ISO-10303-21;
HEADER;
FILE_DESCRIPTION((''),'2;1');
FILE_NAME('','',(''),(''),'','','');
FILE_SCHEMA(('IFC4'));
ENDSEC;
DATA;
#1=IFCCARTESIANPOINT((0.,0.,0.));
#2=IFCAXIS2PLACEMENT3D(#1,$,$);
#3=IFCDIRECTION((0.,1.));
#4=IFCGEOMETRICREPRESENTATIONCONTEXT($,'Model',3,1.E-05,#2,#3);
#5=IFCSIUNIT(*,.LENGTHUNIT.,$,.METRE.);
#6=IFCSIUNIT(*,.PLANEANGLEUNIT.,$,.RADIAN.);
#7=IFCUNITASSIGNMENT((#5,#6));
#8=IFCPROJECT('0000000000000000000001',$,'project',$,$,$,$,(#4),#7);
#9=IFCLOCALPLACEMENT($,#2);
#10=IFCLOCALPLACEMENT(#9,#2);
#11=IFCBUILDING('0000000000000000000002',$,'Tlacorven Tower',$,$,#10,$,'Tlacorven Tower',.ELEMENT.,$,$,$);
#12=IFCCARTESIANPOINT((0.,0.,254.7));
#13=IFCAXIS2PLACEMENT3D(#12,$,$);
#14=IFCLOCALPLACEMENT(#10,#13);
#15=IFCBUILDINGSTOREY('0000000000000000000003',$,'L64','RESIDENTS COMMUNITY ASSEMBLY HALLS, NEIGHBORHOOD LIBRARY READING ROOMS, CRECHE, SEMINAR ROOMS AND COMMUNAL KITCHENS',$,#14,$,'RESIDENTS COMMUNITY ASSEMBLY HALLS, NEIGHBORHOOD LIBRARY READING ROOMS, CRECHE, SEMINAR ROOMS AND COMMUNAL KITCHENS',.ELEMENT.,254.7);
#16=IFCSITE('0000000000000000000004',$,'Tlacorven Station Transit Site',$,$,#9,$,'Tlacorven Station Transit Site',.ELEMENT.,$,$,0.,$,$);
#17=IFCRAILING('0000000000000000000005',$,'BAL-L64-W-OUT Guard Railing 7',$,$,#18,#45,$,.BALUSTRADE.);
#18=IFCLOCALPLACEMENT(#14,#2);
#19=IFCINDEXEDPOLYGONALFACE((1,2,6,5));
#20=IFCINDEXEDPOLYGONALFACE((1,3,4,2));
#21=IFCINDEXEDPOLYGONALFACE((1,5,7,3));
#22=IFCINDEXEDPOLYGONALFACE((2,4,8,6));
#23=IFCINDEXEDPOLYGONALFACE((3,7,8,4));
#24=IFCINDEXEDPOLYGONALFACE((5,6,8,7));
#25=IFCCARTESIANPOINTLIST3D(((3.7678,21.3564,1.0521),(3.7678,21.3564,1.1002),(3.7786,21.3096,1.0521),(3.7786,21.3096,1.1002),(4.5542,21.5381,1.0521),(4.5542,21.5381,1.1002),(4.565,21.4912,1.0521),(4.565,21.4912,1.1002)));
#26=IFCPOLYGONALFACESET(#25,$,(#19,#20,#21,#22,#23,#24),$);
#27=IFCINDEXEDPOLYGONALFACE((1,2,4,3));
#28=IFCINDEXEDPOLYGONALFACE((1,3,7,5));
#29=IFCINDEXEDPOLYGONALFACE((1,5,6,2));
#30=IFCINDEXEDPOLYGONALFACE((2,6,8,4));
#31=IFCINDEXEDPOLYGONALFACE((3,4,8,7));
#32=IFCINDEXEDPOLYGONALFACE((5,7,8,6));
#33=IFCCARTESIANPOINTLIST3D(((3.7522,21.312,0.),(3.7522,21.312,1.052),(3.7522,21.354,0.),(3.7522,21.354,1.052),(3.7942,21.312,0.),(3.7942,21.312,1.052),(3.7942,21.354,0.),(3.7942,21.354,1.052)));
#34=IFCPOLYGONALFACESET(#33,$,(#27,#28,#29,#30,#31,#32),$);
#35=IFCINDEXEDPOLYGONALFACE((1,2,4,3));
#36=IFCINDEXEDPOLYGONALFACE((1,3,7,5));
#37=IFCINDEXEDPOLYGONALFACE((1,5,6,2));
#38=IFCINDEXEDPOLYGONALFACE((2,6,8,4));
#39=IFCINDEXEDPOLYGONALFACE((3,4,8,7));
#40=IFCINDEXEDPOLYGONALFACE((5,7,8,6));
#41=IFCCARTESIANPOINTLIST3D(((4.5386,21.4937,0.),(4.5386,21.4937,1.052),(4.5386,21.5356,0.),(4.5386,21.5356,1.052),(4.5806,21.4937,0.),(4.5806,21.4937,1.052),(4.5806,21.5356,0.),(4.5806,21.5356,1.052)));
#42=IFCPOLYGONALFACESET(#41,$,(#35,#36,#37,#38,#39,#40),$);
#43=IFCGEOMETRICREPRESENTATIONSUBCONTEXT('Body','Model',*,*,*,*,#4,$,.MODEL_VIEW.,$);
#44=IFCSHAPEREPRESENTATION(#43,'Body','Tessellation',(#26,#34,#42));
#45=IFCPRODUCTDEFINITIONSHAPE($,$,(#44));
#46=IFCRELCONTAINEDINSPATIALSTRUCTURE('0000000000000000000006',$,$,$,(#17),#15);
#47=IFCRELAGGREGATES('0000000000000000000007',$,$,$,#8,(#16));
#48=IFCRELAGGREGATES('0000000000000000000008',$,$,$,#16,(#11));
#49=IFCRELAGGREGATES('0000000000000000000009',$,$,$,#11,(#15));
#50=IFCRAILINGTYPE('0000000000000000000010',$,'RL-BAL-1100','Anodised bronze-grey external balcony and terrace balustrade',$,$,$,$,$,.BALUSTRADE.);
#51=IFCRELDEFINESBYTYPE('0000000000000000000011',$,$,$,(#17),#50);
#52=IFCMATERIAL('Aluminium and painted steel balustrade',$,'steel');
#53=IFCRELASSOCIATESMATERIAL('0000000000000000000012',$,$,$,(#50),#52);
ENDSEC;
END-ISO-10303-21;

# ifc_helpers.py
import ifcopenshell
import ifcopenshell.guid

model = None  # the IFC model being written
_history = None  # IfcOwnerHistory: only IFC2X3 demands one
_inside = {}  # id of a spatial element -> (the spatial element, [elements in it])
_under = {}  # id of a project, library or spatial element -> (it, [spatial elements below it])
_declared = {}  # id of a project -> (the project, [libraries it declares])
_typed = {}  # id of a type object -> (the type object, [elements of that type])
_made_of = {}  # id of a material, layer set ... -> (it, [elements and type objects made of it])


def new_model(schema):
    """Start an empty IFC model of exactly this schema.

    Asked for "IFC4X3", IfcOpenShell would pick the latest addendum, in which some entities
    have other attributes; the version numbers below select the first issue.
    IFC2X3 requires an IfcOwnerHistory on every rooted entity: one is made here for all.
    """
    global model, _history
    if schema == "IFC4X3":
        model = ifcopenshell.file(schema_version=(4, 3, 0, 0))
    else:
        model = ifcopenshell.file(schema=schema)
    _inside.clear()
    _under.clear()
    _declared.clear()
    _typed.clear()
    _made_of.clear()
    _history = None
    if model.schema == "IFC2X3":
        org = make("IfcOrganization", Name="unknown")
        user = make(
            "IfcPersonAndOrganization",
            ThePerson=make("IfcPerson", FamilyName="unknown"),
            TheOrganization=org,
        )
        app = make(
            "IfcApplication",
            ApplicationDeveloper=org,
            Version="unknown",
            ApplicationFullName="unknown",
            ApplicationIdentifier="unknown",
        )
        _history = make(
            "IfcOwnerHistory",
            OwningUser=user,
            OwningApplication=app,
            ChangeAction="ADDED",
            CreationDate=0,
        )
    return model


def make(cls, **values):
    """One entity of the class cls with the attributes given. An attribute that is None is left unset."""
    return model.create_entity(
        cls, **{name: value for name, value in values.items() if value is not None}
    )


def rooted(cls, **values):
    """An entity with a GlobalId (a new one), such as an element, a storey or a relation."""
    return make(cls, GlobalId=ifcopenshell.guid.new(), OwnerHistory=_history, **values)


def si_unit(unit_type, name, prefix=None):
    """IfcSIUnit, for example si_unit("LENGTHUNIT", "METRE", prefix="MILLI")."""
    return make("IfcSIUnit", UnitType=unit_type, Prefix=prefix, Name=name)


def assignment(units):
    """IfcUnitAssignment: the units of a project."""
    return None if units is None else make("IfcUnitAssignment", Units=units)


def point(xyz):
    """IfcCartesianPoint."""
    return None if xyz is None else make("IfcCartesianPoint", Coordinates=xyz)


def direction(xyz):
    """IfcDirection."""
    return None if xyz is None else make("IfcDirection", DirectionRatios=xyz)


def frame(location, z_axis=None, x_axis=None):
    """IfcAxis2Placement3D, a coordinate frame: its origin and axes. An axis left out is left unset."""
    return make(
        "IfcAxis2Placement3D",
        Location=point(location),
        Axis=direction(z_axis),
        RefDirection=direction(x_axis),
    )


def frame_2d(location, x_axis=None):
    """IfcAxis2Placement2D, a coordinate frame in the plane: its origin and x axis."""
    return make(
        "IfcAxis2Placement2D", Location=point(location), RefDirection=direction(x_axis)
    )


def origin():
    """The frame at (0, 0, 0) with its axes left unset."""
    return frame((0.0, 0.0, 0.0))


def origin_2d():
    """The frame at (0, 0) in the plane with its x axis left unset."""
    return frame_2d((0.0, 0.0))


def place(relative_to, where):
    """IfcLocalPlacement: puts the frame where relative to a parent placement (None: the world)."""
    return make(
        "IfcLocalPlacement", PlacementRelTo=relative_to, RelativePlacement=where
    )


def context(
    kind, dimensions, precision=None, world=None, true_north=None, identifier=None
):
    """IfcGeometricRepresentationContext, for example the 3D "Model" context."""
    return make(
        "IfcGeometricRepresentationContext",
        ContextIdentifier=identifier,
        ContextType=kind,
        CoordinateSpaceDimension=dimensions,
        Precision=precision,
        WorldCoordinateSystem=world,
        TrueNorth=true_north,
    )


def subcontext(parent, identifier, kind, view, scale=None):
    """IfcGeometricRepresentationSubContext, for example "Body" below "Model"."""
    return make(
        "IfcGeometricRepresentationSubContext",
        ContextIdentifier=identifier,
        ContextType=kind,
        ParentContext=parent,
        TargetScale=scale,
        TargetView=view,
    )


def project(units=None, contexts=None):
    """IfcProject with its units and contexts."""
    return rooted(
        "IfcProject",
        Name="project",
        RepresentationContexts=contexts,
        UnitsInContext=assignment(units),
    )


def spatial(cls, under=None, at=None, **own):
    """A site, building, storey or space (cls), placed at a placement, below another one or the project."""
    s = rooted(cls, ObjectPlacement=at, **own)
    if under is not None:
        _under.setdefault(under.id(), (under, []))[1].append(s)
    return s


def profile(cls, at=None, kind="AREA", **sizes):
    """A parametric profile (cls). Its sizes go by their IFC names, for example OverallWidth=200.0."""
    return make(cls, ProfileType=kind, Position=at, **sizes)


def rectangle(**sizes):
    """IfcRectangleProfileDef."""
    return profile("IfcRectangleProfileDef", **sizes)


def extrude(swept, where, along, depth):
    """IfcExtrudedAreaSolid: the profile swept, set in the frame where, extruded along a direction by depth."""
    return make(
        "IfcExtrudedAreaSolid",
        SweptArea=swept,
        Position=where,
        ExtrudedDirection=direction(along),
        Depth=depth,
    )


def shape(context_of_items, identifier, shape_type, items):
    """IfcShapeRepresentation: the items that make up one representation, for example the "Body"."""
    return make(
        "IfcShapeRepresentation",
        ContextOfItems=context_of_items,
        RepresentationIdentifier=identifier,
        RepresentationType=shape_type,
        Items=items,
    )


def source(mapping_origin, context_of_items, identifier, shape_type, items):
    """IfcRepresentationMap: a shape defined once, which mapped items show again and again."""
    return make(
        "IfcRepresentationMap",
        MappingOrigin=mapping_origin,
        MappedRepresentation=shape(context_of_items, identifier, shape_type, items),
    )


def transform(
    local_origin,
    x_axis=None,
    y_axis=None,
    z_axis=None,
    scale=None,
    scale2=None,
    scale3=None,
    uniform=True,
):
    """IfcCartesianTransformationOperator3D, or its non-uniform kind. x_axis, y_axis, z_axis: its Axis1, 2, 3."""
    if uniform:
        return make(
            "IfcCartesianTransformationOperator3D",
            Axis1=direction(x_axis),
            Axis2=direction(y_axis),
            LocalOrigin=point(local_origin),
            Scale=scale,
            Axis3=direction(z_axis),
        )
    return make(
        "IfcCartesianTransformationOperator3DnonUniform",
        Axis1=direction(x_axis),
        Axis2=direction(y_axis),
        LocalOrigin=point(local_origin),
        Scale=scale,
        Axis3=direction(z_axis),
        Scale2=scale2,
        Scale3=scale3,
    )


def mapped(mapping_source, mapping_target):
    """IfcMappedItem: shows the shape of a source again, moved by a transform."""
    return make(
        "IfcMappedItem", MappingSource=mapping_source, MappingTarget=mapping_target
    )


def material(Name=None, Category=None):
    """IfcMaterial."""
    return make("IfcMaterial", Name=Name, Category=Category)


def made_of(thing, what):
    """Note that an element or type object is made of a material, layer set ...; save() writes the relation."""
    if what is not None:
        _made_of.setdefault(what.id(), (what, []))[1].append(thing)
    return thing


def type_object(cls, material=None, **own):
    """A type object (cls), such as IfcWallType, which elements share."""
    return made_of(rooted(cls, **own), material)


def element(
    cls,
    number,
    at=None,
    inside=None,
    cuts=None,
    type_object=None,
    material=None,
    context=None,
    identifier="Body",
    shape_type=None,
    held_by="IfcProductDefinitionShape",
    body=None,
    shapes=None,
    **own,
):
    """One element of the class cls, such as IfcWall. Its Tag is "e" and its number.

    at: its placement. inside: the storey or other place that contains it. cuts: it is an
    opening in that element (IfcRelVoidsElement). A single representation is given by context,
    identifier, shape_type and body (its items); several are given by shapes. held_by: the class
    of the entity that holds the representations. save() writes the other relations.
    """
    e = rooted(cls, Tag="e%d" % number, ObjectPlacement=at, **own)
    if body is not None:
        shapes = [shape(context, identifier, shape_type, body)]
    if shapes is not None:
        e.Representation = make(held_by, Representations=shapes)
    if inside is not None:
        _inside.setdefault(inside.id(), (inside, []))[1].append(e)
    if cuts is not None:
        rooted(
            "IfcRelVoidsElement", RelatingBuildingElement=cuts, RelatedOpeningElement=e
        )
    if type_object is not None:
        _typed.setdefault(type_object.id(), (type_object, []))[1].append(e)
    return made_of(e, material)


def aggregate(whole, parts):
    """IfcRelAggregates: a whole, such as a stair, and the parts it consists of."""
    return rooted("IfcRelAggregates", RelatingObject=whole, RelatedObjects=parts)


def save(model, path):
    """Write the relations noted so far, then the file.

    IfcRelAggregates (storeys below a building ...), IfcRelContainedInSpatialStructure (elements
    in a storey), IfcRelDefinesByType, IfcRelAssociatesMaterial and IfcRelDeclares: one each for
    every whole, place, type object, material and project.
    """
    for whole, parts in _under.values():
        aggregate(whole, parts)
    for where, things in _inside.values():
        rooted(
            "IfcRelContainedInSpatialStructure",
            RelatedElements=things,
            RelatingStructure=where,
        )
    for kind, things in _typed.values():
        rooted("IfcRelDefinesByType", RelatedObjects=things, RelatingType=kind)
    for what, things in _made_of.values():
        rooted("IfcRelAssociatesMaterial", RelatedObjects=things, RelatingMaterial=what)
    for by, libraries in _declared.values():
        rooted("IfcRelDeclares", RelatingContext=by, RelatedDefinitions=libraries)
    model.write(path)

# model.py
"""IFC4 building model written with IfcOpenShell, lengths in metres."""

from ifc_helpers import new_model, si_unit, direction, frame, origin, origin_2d, place, context, subcontext, project, spatial, rectangle, extrude, source, transform, mapped, material, type_object, element, save


model = new_model("IFC4")

# Units and contexts
model_context = context("Model", 3, precision=1e-05, world=origin(), true_north=direction((0.0, 1.0)))
body_context = subcontext(model_context, "Body", "Model", "MODEL_VIEW")
ifc_project = project(units=[si_unit("LENGTHUNIT", "METRE"), si_unit("PLANEANGLEUNIT", "RADIAN")], contexts=[model_context])

# Site, building, storey
site_placement = place(None, origin())
site = spatial("IfcSite", under=ifc_project, at=site_placement, Name="Tlacorven Station Transit Site", LongName="Tlacorven Station Transit Site", CompositionType="ELEMENT", RefElevation=0.0)
building_placement = place(site_placement, origin())
building = spatial("IfcBuilding", under=site, at=building_placement, Name="Tlacorven Tower", LongName="Tlacorven Tower", CompositionType="ELEMENT")
storey_placement = place(building_placement, frame((0.0, 0.0, 254.7)))
storey = spatial("IfcBuildingStorey", under=building, at=storey_placement, Name="L64", Description="RESIDENTS COMMUNITY ASSEMBLY HALLS, NEIGHBORHOOD LIBRARY READING ROOMS, CRECHE, SEMINAR ROOMS AND COMMUNAL KITCHENS", LongName="RESIDENTS COMMUNITY ASSEMBLY HALLS, NEIGHBORHOOD LIBRARY READING ROOMS, CRECHE, SEMINAR ROOMS AND COMMUNAL KITCHENS", CompositionType="ELEMENT", Elevation=254.7)

# Railing
ifc_material_1 = material(Name="Aluminium and painted steel balustrade", Category="steel")
railing_type = type_object("IfcRailingType", Name="RL-BAL-1100", Description="Anodised bronze-grey external balcony and terrace balustrade", PredefinedType="BALUSTRADE", material=ifc_material_1)
shared_shape_1 = source(origin(), body_context, "Body", "SweptSolid", [
    extrude(rectangle(XDim=0.0481, YDim=0.0481, at=origin_2d()), frame((0.0, 0.0, 1.0762), z_axis=(0.974345, 0.225058, 0.0), x_axis=(-0.225058, 0.974345, 0.0)), (0.0, 0.0, 1.0), 0.8071),
    extrude(rectangle(XDim=0.042, YDim=0.042, at=origin_2d()), origin(), (0.0, 0.0, 1.0), 1.052),
    extrude(rectangle(XDim=0.042, YDim=0.042, at=origin_2d()), frame((0.7864, 0.1816, 0.0)), (0.0, 0.0, 1.0), 1.052),
])
railing_1_placement = place(storey_placement, frame((3.7732, 21.333, 0.0)))
element("IfcRailing", 1, at=railing_1_placement, inside=storey, type_object=railing_type, Name="BAL-L64-W-OUT Guard Railing 7", PredefinedType="BALUSTRADE", context=body_context, shape_type="MappedRepresentation", body=[
    mapped(shared_shape_1, transform((0.0, 0.0, 0.0), scale=1.0)),
])

save(model, "model.ifc")
